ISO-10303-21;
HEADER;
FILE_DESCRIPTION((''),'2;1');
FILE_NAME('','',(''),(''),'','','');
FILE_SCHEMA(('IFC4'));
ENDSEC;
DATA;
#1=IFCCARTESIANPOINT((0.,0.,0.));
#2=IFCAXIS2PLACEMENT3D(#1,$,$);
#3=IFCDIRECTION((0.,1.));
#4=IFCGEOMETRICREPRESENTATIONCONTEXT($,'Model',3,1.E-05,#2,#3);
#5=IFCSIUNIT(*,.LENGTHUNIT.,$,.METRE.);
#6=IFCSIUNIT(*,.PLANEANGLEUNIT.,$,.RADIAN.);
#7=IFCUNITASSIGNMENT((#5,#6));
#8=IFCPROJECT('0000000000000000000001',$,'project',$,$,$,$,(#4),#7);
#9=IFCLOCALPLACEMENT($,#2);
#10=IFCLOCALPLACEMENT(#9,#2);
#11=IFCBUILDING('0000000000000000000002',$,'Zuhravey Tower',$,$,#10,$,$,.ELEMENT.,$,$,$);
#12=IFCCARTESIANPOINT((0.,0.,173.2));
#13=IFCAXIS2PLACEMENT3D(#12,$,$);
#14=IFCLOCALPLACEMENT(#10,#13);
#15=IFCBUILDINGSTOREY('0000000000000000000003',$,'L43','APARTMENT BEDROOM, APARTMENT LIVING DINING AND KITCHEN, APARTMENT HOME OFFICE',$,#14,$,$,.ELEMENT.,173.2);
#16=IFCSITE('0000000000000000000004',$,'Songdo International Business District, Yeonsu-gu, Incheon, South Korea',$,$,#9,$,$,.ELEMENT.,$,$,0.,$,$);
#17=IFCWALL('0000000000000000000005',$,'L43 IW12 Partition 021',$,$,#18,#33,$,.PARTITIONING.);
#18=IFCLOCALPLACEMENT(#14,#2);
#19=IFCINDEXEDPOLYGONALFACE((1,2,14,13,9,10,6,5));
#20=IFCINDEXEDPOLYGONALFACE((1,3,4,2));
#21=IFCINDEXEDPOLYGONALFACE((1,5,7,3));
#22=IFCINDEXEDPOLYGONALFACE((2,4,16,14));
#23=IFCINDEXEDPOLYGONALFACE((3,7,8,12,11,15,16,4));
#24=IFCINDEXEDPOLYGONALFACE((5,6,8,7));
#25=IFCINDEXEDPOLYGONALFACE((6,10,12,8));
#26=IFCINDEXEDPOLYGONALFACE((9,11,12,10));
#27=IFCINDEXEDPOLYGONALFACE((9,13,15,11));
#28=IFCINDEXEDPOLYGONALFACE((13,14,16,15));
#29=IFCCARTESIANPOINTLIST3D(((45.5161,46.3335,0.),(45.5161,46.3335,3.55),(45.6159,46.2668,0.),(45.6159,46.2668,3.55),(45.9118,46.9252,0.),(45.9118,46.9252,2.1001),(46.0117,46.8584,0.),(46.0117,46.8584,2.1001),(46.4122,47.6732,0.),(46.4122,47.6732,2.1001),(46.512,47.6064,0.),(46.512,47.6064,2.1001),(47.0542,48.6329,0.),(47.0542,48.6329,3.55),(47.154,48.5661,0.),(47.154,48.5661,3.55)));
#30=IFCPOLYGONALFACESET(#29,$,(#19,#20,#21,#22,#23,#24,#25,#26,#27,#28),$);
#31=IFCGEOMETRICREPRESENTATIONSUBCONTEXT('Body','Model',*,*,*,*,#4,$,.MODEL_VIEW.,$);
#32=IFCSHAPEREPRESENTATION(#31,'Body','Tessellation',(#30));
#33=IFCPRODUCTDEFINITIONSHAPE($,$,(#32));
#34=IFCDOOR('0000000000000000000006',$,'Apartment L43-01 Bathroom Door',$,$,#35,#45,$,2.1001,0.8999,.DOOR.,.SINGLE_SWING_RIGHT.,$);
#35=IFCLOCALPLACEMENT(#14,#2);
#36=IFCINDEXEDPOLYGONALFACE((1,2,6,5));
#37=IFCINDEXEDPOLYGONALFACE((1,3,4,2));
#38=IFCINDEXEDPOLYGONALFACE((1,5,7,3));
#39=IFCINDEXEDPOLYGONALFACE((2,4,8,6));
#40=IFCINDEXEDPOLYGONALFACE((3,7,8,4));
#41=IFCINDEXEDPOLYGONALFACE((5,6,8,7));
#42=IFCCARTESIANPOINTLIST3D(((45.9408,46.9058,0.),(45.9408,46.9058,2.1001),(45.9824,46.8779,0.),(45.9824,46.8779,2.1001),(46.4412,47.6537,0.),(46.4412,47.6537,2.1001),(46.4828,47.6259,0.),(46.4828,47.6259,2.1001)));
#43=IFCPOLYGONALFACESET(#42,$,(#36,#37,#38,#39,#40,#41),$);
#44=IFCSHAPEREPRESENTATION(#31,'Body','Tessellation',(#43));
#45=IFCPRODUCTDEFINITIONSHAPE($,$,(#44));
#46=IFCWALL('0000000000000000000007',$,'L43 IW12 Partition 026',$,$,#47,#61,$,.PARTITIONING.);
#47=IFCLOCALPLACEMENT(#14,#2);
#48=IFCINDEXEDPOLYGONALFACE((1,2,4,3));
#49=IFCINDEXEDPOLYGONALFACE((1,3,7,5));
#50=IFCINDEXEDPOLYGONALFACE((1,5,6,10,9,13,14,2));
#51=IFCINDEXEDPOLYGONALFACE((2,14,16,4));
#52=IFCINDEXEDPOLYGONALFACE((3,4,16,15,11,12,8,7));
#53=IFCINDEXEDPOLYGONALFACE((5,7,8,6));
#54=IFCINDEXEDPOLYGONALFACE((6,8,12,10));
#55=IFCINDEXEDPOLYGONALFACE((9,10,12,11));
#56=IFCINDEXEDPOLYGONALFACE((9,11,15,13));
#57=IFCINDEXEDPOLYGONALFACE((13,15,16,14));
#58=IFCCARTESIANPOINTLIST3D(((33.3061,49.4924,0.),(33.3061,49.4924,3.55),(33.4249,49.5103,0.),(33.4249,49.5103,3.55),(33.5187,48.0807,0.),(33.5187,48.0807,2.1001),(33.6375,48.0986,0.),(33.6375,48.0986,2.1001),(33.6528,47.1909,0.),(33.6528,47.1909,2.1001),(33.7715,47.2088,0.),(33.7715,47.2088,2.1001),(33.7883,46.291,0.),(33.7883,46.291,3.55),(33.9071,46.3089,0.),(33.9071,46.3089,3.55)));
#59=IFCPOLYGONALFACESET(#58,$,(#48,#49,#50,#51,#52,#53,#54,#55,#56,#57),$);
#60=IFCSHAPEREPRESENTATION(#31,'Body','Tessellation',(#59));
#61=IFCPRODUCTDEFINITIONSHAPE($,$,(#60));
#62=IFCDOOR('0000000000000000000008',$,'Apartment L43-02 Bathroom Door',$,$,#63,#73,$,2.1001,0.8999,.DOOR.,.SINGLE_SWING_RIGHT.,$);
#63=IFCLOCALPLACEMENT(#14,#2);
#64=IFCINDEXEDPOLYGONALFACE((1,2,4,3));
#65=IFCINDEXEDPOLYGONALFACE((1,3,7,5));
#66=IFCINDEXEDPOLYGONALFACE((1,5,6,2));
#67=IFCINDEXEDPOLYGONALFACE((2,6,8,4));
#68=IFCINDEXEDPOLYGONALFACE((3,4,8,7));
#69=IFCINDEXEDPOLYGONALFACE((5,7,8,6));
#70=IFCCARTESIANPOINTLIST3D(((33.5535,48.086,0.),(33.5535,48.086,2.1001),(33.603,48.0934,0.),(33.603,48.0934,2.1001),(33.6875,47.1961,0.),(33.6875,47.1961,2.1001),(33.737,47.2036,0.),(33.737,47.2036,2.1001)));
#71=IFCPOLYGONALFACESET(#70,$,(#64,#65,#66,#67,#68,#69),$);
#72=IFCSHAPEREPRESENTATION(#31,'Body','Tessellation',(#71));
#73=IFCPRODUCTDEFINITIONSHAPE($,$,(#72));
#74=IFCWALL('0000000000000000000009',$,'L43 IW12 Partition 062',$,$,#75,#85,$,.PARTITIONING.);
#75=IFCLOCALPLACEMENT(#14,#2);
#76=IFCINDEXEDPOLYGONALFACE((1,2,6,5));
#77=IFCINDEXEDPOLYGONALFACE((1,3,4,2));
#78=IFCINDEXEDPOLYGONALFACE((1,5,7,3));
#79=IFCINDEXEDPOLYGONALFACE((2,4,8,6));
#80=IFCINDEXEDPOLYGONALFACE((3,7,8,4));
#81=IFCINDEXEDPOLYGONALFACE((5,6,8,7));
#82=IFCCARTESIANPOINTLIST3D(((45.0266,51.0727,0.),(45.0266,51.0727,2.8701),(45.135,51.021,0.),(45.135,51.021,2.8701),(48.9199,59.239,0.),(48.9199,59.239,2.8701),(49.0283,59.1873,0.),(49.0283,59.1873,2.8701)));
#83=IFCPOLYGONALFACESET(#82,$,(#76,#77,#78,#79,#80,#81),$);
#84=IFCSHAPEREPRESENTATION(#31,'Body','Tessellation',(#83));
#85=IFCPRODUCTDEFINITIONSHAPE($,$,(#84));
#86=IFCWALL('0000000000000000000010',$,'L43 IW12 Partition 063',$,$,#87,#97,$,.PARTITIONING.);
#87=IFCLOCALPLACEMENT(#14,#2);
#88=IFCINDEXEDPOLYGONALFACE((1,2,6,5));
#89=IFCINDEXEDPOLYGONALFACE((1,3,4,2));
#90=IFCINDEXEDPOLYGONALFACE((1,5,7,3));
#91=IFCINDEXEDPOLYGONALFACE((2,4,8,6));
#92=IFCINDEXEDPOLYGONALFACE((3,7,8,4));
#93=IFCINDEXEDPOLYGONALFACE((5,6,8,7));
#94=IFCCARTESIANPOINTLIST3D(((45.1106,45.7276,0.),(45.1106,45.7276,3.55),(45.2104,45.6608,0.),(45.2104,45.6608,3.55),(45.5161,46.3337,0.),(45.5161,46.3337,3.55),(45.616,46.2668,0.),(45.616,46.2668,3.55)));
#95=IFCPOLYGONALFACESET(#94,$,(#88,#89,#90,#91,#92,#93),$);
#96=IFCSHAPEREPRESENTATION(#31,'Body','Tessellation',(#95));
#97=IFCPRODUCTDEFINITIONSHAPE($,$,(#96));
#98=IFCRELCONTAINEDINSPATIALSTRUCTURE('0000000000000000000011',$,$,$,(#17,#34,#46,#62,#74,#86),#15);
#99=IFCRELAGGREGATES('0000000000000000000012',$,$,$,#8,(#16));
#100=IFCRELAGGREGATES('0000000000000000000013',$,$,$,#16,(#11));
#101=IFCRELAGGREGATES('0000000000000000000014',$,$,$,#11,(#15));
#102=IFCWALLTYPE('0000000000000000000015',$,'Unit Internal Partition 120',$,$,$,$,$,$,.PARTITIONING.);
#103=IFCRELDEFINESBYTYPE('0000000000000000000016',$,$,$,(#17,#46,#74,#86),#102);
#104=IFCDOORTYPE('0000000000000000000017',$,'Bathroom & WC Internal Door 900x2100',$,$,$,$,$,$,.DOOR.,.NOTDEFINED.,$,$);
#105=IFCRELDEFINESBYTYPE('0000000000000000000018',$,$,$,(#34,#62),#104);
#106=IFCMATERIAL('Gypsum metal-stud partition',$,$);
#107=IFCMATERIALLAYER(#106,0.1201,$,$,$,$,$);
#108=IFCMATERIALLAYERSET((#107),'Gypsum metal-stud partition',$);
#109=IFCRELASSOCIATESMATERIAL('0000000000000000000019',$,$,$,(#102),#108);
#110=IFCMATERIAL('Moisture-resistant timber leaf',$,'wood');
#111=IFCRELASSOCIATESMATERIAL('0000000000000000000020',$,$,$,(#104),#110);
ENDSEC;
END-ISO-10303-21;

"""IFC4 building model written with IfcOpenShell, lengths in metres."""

from ifc_helpers import new_model, si_unit, direction, frame, frame_2d, origin, place, context, subcontext, project, spatial, rectangle, extrude, material, layer, layer_set, type_object, element, fill, save


model = new_model("IFC4")

# Units and contexts
model_context = context("Model", 3, precision=1e-05, world=origin(), true_north=direction((0.0, 1.0)))
body_context = subcontext(model_context, "Body", "Model", "MODEL_VIEW")
ifc_project = project(units=[si_unit("LENGTHUNIT", "METRE"), si_unit("PLANEANGLEUNIT", "RADIAN")], contexts=[model_context])

# Site, building, storey
site_placement = place(None, origin())
site = spatial("IfcSite", under=ifc_project, at=site_placement, Name="Songdo International Business District, Yeonsu-gu, Incheon, South Korea", CompositionType="ELEMENT", RefElevation=0.0)
building_placement = place(site_placement, origin())
building = spatial("IfcBuilding", under=site, at=building_placement, Name="Zuhravey Tower", CompositionType="ELEMENT")
storey_placement = place(building_placement, frame((0.0, 0.0, 173.2)))
storey = spatial("IfcBuildingStorey", under=building, at=storey_placement, Name="L43", Description="APARTMENT BEDROOM, APARTMENT LIVING DINING AND KITCHEN, APARTMENT HOME OFFICE", CompositionType="ELEMENT", Elevation=173.2)

# Walls, openings, doors
ifc_material_1 = material(Name="Gypsum metal-stud partition")
ifc_layer_1 = layer(ifc_material_1, 0.1201)
ifc_layer_set_1 = layer_set([ifc_layer_1], Name="Gypsum metal-stud partition")
wall_type_1 = type_object("IfcWallType", Name="Unit Internal Partition 120", PredefinedType="PARTITIONING", material=ifc_layer_set_1)
wall_1_placement = place(storey_placement, frame((45.5659, 46.3, 0.0), z_axis=(0.0, 0.0, 1.0), x_axis=(0.556003, 0.83118, 0.0)))
wall_1 = element("IfcWall", 1, at=wall_1_placement, inside=storey, type_object=wall_type_1, Name="L43 IW12 Partition 021", PredefinedType="PARTITIONING", context=body_context, shape_type="SweptSolid", body=[
    extrude(rectangle(XDim=2.7664, YDim=0.1201, at=frame_2d((1.3833, 0.0))), origin(), (0.0, 0.0, 1.0), 3.55),
])
opening_1_placement = place(wall_1_placement, frame((0.7119, 0.0, 0.0)))
opening_1 = element("IfcOpeningElement", 2, at=opening_1_placement, cuts=wall_1, PredefinedType="OPENING", context=body_context, shape_type="SweptSolid", body=[
    extrude(rectangle(XDim=0.8999, YDim=2.1001, at=frame_2d((0.45, 1.05))), frame((0.0, 0.072, 0.0), z_axis=(0.0, -1.0, 0.0), x_axis=(1.0, 0.0, 0.0)), (0.0, 0.0, 1.0), 0.144),
])
ifc_material_2 = material(Name="Moisture-resistant timber leaf", Category="wood")
door_type_1 = type_object("IfcDoorType", Name="Bathroom & WC Internal Door 900x2100", OperationType="NOTDEFINED", PredefinedType="DOOR", material=ifc_material_2)
door_1_placement = place(opening_1_placement, frame((0.8999, 0.0, 0.0), z_axis=(0.0, 0.0, 1.0), x_axis=(-1.0, 0.0, 0.0)))
door_1 = element("IfcDoor", 3, at=door_1_placement, inside=storey, type_object=door_type_1, Name="Apartment L43-01 Bathroom Door", OperationType="SINGLE_SWING_RIGHT", OverallHeight=2.1001, OverallWidth=0.8999, PredefinedType="DOOR", context=body_context, shape_type="SweptSolid", body=[
    extrude(rectangle(XDim=0.8999, YDim=2.1001, at=frame_2d((0.45, 1.05))), frame((0.0, 0.0249, 0.0), z_axis=(0.0, -1.0, 0.0), x_axis=(1.0, 0.0, 0.0)), (0.0, 0.0, 1.0), 0.05),
])
fill(opening_1, door_1)
wall_2_placement = place(storey_placement, frame((33.8477, 46.3, 0.0), z_axis=(0.0, 0.0, 1.0), x_axis=(-0.148934, 0.988847, 0.0)))
wall_2 = element("IfcWall", 4, at=wall_2_placement, inside=storey, type_object=wall_type_1, Name="L43 IW12 Partition 026", PredefinedType="PARTITIONING", context=body_context, shape_type="SweptSolid", body=[
    extrude(rectangle(XDim=3.2375, YDim=0.1201, at=frame_2d((1.6187, 0.0))), origin(), (0.0, 0.0, 1.0), 3.55),
])
opening_2_placement = place(wall_2_placement, frame((0.9099, 0.0, 0.0)))
opening_2 = element("IfcOpeningElement", 5, at=opening_2_placement, cuts=wall_2, PredefinedType="OPENING", context=body_context, shape_type="SweptSolid", body=[
    extrude(rectangle(XDim=0.8999, YDim=2.1001, at=frame_2d((0.45, 1.05))), frame((0.0, 0.072, 0.0), z_axis=(0.0, -1.0, 0.0), x_axis=(1.0, 0.0, 0.0)), (0.0, 0.0, 1.0), 0.144),
])
door_2_placement = place(opening_2_placement, origin())
door_2 = element("IfcDoor", 6, at=door_2_placement, inside=storey, type_object=door_type_1, Name="Apartment L43-02 Bathroom Door", OperationType="SINGLE_SWING_RIGHT", OverallHeight=2.1001, OverallWidth=0.8999, PredefinedType="DOOR", context=body_context, shape_type="SweptSolid", body=[
    extrude(rectangle(XDim=0.8999, YDim=2.1001, at=frame_2d((0.45, 1.05))), frame((0.0, 0.0249, 0.0), z_axis=(0.0, -1.0, 0.0), x_axis=(1.0, 0.0, 0.0)), (0.0, 0.0, 1.0), 0.05),
])
fill(opening_2, door_2)

# Walls
wall_3_placement = place(storey_placement, frame((45.0808, 51.0469, 0.0), z_axis=(0.0, 0.0, 1.0), x_axis=(0.430349, 0.902662, 0.0)))
element("IfcWall", 7, at=wall_3_placement, inside=storey, type_object=wall_type_1, Name="L43 IW12 Partition 062", PredefinedType="PARTITIONING", context=body_context, shape_type="SweptSolid", body=[
    extrude(rectangle(XDim=9.0469, YDim=0.1201, at=frame_2d((4.5234, 0.0))), origin(), (0.0, 0.0, 1.0), 2.8701),
])
wall_4_placement = place(storey_placement, frame((45.1604, 45.6941, 0.0), z_axis=(0.0, 0.0, 1.0), x_axis=(0.556167, 0.83107, 0.0)))
element("IfcWall", 8, at=wall_4_placement, inside=storey, type_object=wall_type_1, Name="L43 IW12 Partition 063", PredefinedType="PARTITIONING", context=body_context, shape_type="SweptSolid", body=[
    extrude(rectangle(XDim=0.7292, YDim=0.1201, at=frame_2d((0.3647, 0.0))), origin(), (0.0, 0.0, 1.0), 3.55),
])

save(model, "model.ifc")
